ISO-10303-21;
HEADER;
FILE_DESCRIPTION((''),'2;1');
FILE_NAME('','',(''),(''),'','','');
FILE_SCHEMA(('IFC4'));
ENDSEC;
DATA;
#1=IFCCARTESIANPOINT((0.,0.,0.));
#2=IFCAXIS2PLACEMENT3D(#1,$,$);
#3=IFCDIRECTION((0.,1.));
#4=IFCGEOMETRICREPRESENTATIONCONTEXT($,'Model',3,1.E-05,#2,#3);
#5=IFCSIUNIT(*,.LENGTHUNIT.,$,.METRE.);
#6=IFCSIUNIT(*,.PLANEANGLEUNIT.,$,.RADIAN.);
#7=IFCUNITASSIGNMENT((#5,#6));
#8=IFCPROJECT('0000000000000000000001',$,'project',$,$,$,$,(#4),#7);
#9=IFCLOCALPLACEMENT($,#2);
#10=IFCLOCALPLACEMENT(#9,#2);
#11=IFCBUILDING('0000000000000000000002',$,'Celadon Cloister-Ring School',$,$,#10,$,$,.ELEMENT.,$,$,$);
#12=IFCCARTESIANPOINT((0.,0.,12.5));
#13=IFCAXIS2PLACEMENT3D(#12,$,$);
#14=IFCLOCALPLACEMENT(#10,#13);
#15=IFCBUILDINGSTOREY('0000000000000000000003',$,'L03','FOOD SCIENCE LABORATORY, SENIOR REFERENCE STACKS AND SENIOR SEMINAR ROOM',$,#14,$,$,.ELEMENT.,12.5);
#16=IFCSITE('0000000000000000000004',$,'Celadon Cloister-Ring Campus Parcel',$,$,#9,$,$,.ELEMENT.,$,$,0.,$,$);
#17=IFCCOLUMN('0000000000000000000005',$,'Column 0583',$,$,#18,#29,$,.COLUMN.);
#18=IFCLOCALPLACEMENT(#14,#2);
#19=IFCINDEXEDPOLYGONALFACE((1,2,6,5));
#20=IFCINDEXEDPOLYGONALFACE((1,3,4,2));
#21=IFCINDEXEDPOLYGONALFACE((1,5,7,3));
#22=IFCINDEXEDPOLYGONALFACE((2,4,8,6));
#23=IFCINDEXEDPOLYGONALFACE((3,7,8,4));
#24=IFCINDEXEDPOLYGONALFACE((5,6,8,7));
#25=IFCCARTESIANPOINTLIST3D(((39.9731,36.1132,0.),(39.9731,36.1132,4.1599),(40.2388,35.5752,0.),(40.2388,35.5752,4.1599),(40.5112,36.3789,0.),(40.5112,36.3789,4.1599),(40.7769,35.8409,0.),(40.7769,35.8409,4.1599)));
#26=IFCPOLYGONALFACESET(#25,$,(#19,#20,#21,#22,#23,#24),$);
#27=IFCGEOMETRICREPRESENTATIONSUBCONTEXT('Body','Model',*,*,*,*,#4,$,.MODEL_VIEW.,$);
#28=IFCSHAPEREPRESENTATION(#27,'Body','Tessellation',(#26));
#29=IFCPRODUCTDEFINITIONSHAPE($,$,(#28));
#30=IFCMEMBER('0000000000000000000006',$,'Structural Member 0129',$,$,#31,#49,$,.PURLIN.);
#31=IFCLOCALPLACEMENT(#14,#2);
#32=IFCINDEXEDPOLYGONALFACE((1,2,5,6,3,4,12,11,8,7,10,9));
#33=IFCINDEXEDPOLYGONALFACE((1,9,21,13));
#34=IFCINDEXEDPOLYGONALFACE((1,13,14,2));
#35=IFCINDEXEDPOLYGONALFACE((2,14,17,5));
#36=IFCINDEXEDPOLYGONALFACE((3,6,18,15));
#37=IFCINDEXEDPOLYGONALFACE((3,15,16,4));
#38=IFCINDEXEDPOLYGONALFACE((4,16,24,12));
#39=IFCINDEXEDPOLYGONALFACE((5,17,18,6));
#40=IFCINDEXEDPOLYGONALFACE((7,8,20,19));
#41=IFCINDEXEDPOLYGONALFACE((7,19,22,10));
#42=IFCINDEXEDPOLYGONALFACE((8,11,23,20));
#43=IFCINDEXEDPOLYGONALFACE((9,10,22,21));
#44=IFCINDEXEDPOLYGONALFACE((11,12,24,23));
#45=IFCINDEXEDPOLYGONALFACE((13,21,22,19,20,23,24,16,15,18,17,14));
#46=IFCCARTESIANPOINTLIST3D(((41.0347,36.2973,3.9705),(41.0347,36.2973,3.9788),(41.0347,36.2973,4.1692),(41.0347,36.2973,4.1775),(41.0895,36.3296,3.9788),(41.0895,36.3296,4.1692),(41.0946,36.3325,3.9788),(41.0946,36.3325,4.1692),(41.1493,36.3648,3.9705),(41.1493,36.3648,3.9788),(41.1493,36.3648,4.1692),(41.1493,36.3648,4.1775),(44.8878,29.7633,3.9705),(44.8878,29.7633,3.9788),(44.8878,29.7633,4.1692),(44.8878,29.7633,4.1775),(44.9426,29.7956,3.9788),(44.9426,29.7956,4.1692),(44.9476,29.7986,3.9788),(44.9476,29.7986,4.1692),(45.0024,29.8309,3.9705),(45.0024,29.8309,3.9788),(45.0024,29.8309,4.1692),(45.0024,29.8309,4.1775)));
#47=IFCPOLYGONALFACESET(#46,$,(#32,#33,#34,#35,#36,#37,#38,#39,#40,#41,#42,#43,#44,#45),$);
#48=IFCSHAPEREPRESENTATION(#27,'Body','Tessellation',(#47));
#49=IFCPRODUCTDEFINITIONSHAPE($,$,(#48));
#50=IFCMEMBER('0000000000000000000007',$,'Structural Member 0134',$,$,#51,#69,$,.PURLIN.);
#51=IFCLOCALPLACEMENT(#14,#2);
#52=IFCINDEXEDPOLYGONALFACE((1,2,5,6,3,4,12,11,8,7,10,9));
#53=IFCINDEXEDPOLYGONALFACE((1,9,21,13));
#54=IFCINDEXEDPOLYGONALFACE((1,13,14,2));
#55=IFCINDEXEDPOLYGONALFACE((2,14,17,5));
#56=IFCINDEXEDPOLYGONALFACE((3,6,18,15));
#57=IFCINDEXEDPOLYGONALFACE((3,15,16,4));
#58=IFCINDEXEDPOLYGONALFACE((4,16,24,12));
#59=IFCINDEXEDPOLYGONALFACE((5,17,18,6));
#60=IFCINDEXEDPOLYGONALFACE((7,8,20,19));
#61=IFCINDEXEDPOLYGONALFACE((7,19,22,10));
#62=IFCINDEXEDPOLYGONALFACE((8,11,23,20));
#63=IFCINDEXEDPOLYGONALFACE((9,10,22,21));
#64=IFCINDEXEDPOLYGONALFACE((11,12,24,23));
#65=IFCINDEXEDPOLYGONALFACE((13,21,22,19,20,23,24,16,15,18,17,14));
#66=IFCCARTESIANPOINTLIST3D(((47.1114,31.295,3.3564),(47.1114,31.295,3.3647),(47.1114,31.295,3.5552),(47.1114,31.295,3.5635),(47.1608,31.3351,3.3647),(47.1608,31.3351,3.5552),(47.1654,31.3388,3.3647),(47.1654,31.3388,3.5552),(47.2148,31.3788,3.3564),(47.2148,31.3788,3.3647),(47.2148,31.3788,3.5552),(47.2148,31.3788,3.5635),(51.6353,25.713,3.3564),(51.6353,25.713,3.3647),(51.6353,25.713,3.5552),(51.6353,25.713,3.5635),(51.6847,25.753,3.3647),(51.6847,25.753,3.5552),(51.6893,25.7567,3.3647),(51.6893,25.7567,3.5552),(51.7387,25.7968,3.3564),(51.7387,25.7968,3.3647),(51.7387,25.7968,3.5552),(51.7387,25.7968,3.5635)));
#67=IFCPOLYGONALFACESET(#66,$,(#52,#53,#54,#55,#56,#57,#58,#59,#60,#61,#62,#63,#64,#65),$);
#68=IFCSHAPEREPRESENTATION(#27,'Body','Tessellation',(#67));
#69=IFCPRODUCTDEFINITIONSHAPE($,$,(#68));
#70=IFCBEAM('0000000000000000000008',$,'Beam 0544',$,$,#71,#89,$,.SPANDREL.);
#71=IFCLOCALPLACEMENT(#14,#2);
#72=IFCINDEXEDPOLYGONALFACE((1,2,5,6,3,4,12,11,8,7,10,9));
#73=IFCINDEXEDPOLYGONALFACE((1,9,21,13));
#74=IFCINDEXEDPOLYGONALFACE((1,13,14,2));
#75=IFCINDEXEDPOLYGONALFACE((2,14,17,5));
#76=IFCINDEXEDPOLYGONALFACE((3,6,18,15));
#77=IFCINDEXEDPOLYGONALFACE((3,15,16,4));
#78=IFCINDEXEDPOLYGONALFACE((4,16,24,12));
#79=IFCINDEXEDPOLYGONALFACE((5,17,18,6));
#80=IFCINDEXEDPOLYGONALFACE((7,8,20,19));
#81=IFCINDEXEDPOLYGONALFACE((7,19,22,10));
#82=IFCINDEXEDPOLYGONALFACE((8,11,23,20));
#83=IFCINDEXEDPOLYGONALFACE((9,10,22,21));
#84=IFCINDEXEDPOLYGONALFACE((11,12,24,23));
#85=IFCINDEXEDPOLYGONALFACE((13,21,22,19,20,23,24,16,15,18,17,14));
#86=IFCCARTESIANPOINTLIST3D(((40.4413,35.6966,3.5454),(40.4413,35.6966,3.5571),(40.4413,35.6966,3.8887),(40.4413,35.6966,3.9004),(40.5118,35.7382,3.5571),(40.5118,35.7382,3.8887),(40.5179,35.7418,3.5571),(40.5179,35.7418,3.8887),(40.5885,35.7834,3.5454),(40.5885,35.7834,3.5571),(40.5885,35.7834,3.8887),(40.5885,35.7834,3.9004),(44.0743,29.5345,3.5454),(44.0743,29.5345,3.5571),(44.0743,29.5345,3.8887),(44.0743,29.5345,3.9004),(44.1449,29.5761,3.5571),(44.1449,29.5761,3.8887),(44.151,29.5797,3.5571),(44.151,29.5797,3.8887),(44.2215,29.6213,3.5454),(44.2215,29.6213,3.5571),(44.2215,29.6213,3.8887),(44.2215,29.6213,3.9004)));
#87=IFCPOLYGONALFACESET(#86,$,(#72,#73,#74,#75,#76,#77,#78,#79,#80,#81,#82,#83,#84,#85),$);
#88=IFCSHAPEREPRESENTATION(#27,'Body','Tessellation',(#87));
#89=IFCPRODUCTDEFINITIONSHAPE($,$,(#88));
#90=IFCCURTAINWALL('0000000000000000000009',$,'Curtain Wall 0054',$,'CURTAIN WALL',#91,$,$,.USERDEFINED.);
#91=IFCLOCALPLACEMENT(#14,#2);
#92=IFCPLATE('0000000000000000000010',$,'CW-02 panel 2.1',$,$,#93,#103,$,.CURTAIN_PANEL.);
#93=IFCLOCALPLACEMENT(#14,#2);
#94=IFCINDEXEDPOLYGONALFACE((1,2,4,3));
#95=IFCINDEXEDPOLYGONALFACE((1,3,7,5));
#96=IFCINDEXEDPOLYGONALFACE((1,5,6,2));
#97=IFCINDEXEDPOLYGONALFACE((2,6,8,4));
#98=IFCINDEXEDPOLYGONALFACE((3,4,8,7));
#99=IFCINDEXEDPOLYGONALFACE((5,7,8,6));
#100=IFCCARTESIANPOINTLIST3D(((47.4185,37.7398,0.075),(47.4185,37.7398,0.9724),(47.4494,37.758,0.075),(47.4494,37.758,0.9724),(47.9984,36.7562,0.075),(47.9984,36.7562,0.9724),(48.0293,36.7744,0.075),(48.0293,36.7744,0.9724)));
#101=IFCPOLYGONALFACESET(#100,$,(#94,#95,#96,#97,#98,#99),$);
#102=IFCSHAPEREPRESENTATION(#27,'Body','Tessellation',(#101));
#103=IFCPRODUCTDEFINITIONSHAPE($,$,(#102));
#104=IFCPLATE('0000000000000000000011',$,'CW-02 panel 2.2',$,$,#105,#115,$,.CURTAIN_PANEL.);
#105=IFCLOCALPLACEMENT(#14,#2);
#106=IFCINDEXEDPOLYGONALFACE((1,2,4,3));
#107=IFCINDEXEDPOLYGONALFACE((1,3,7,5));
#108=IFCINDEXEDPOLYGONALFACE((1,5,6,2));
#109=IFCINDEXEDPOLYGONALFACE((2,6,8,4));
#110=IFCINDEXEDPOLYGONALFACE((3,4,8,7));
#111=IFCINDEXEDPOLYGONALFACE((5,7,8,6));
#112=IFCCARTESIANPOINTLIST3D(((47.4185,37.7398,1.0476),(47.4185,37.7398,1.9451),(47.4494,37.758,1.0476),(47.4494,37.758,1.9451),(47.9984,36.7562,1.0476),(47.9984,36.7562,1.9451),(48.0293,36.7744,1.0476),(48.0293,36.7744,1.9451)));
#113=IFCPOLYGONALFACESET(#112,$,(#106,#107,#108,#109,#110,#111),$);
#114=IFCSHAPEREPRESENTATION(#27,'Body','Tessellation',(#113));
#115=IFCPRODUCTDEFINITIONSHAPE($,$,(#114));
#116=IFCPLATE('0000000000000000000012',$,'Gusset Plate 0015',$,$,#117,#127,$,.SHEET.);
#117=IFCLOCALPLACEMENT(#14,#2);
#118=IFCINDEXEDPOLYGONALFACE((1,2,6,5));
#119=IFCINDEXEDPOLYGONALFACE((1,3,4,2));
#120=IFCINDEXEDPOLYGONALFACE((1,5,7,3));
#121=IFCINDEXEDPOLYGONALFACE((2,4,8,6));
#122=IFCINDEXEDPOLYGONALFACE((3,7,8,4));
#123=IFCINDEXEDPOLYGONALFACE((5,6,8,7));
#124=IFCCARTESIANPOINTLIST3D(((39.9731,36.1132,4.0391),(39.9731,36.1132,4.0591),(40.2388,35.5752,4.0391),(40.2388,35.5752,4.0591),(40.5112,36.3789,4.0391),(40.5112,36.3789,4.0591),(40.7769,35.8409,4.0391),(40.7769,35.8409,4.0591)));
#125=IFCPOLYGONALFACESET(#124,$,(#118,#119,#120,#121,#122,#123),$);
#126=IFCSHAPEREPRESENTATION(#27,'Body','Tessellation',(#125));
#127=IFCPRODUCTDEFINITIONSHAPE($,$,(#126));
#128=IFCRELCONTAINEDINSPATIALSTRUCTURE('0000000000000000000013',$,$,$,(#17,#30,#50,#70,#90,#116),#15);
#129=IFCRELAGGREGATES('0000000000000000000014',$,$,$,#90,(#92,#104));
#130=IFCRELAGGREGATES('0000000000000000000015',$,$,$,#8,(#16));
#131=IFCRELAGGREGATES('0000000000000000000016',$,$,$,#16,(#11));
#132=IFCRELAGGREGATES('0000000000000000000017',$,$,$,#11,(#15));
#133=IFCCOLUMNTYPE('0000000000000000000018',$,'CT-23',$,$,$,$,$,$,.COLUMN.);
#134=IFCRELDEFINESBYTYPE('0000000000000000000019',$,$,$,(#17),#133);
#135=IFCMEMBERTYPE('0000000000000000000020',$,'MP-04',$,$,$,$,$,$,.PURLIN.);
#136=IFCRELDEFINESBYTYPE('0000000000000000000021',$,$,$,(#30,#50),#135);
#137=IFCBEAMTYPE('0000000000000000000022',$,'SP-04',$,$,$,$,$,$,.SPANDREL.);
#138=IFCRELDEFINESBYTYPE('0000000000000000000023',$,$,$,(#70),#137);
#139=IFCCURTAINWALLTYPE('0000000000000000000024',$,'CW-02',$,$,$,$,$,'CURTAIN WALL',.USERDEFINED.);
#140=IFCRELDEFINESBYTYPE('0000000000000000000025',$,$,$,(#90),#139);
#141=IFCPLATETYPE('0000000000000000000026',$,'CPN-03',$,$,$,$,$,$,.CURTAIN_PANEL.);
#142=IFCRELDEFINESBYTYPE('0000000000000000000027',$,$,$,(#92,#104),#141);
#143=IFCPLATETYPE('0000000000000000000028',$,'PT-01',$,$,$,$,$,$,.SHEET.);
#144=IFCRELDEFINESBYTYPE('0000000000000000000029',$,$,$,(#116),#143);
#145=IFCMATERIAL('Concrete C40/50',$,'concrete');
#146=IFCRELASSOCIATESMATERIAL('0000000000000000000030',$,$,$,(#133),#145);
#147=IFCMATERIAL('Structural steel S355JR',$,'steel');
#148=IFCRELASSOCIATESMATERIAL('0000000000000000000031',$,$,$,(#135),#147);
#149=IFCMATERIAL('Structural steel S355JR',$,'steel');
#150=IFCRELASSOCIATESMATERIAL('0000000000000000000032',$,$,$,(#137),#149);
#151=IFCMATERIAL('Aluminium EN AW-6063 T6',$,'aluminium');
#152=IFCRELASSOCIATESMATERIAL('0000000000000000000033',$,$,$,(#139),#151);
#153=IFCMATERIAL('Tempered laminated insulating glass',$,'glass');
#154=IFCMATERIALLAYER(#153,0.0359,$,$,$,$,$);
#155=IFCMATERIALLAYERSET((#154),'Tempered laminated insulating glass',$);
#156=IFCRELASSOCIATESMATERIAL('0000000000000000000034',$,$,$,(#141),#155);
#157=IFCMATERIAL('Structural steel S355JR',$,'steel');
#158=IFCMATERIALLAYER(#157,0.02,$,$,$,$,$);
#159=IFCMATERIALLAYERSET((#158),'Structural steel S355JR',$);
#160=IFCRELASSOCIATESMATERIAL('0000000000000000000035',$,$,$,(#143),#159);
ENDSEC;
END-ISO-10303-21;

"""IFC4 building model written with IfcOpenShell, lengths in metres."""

from ifc_helpers import new_model, si_unit, direction, frame, origin, origin_2d, place, context, subcontext, project, spatial, rectangle, i_section, extrude, material, layer, layer_set, material_profile, profile_set, type_object, element, aggregate, save


model = new_model("IFC4")

# Units and contexts
model_context = context("Model", 3, precision=1e-05, world=origin(), true_north=direction((0.0, 1.0)))
body_context = subcontext(model_context, "Body", "Model", "MODEL_VIEW")
ifc_project = project(units=[si_unit("LENGTHUNIT", "METRE"), si_unit("PLANEANGLEUNIT", "RADIAN")], contexts=[model_context])

# Site, building, storey
site_placement = place(None, origin())
site = spatial("IfcSite", under=ifc_project, at=site_placement, Name="Celadon Cloister-Ring Campus Parcel", CompositionType="ELEMENT", RefElevation=0.0)
building_placement = place(site_placement, origin())
building = spatial("IfcBuilding", under=site, at=building_placement, Name="Celadon Cloister-Ring School", CompositionType="ELEMENT")
storey_placement = place(building_placement, frame((0.0, 0.0, 12.5)))
storey = spatial("IfcBuildingStorey", under=building, at=storey_placement, Name="L03", Description="FOOD SCIENCE LABORATORY, SENIOR REFERENCE STACKS AND SENIOR SEMINAR ROOM", CompositionType="ELEMENT", Elevation=12.5)

# Column
ifc_material_1 = material(Name="Concrete C40/50", Category="concrete")
ifc_material_profile_1 = material_profile(ifc_material_1, rectangle(XDim=0.6001, YDim=0.6001, at=origin_2d()), Name="RC600X600")
ifc_profile_set_1 = profile_set([ifc_material_profile_1], Name="Concrete C40/50")
column_type = type_object("IfcColumnType", Name="CT-23", PredefinedType="COLUMN", material=ifc_profile_set_1)
column_placement = place(storey_placement, frame((40.375, 35.9771, 0.0), z_axis=(0.0, 0.0, 1.0), x_axis=(-0.896641, -0.442758, 0.0)))
element("IfcColumn", 1, at=column_placement, inside=storey, type_object=column_type, Name="Column 0583", PredefinedType="COLUMN", context=body_context, shape_type="SweptSolid", body=[
    extrude(rectangle(XDim=0.6001, YDim=0.6001, at=origin_2d()), origin(), (0.0, 0.0, 1.0), 4.1599),
])

# Members
ifc_material_2 = material(Name="Structural steel S355JR", Category="steel")
ifc_material_profile_2 = material_profile(ifc_material_2, i_section(OverallWidth=0.1331, OverallDepth=0.207, WebThickness=0.0059, FlangeThickness=0.0083, at=origin_2d()), Name="W200X27")
ifc_profile_set_2 = profile_set([ifc_material_profile_2], Name="Structural steel S355JR")
member_type = type_object("IfcMemberType", Name="MP-04", PredefinedType="PURLIN", material=ifc_profile_set_2)
member_1_placement = place(storey_placement, frame((41.092, 36.3311, 4.074), z_axis=(0.507954, -0.861384, 0.0), x_axis=(0.861384, 0.507954, 0.0)))
element("IfcMember", 2, at=member_1_placement, inside=storey, type_object=member_type, Name="Structural Member 0129", PredefinedType="PURLIN", context=body_context, shape_type="SweptSolid", body=[
    extrude(i_section(OverallWidth=0.1331, OverallDepth=0.207, WebThickness=0.0059, FlangeThickness=0.0083, at=origin_2d()), origin(), (0.0, 0.0, 1.0), 7.5854),
])
member_2_placement = place(storey_placement, frame((47.1631, 31.3369, 3.46), z_axis=(0.62963, -0.776895, 0.0), x_axis=(0.776895, 0.62963, 0.0)))
element("IfcMember", 3, at=member_2_placement, inside=storey, type_object=member_type, Name="Structural Member 0134", PredefinedType="PURLIN", context=body_context, shape_type="SweptSolid", body=[
    extrude(i_section(OverallWidth=0.1331, OverallDepth=0.207, WebThickness=0.0059, FlangeThickness=0.0083, at=origin_2d()), origin(), (0.0, 0.0, 1.0), 7.1851),
])

# Beam
ifc_material_3 = material(Name="Structural steel S355JR", Category="steel")
ifc_material_profile_3 = material_profile(ifc_material_3, i_section(OverallWidth=0.1709, OverallDepth=0.355, WebThickness=0.0071, FlangeThickness=0.0117, at=origin_2d()), Name="W360X51")
ifc_profile_set_3 = profile_set([ifc_material_profile_3], Name="Structural steel S355JR")
beam_type = type_object("IfcBeamType", Name="SP-04", PredefinedType="SPANDREL", material=ifc_profile_set_3)
beam_placement = place(storey_placement, frame((40.5149, 35.74, 3.7229), z_axis=(0.50788, -0.861428, 0.0), x_axis=(0.861428, 0.50788, 0.0)))
element("IfcBeam", 4, at=beam_placement, inside=storey, type_object=beam_type, Name="Beam 0544", PredefinedType="SPANDREL", context=body_context, shape_type="SweptSolid", body=[
    extrude(i_section(OverallWidth=0.1709, OverallDepth=0.355, WebThickness=0.0071, FlangeThickness=0.0117, at=origin_2d()), origin(), (0.0, 0.0, 1.0), 7.1533),
])

# Curtain wall, plates
ifc_material_4 = material(Name="Aluminium EN AW-6063 T6", Category="aluminium")
curtain_wall_type = type_object("IfcCurtainWallType", Name="CW-02", ElementType="CURTAIN WALL", PredefinedType="USERDEFINED", material=ifc_material_4)
curtain_wall_placement = place(storey_placement, origin())
curtain_wall = element("IfcCurtainWall", 5, at=curtain_wall_placement, inside=storey, type_object=curtain_wall_type, Name="Curtain Wall 0054", ObjectType="CURTAIN WALL", PredefinedType="USERDEFINED")
ifc_material_5 = material(Name="Tempered laminated insulating glass", Category="glass")
ifc_layer_1 = layer(ifc_material_5, 0.0359)
ifc_layer_set_1 = layer_set([ifc_layer_1], Name="Tempered laminated insulating glass")
plate_type_1 = type_object("IfcPlateType", Name="CPN-03", PredefinedType="CURTAIN_PANEL", material=ifc_layer_set_1)
plate_1_placement = place(storey_placement, frame((47.7239, 37.2571, 0.075), z_axis=(0.0, 0.0, 1.0), x_axis=(0.507885, -0.861425, 0.0)))
plate_1 = element("IfcPlate", 6, at=plate_1_placement, type_object=plate_type_1, Name="CW-02 panel 2.1", PredefinedType="CURTAIN_PANEL", context=body_context, shape_type="SweptSolid", body=[
    extrude(rectangle(XDim=1.1418, YDim=0.0359, at=origin_2d()), origin(), (0.0, 0.0, 1.0), 0.8975),
])
plate_2_placement = place(storey_placement, frame((47.7239, 37.2571, 1.0476), z_axis=(0.0, 0.0, 1.0), x_axis=(0.507885, -0.861425, 0.0)))
plate_2 = element("IfcPlate", 7, at=plate_2_placement, type_object=plate_type_1, Name="CW-02 panel 2.2", PredefinedType="CURTAIN_PANEL", context=body_context, shape_type="SweptSolid", body=[
    extrude(rectangle(XDim=1.1418, YDim=0.0359, at=origin_2d()), origin(), (0.0, 0.0, 1.0), 0.8975),
])
aggregate(curtain_wall, [plate_1, plate_2])

# Plate
ifc_material_6 = material(Name="Structural steel S355JR", Category="steel")
ifc_layer_2 = layer(ifc_material_6, 0.02)
ifc_layer_set_2 = layer_set([ifc_layer_2], Name="Structural steel S355JR")
plate_type_2 = type_object("IfcPlateType", Name="PT-01", PredefinedType="SHEET", material=ifc_layer_set_2)
plate_3_placement = place(storey_placement, frame((40.375, 35.9771, 4.0391), z_axis=(0.0, 0.0, 1.0), x_axis=(-0.896641, -0.442758, 0.0)))
element("IfcPlate", 8, at=plate_3_placement, inside=storey, type_object=plate_type_2, Name="Gusset Plate 0015", PredefinedType="SHEET", context=body_context, shape_type="SweptSolid", body=[
    extrude(rectangle(XDim=0.6001, YDim=0.6001, at=origin_2d()), origin(), (0.0, 0.0, 1.0), 0.02),
])

save(model, "model.ifc")
